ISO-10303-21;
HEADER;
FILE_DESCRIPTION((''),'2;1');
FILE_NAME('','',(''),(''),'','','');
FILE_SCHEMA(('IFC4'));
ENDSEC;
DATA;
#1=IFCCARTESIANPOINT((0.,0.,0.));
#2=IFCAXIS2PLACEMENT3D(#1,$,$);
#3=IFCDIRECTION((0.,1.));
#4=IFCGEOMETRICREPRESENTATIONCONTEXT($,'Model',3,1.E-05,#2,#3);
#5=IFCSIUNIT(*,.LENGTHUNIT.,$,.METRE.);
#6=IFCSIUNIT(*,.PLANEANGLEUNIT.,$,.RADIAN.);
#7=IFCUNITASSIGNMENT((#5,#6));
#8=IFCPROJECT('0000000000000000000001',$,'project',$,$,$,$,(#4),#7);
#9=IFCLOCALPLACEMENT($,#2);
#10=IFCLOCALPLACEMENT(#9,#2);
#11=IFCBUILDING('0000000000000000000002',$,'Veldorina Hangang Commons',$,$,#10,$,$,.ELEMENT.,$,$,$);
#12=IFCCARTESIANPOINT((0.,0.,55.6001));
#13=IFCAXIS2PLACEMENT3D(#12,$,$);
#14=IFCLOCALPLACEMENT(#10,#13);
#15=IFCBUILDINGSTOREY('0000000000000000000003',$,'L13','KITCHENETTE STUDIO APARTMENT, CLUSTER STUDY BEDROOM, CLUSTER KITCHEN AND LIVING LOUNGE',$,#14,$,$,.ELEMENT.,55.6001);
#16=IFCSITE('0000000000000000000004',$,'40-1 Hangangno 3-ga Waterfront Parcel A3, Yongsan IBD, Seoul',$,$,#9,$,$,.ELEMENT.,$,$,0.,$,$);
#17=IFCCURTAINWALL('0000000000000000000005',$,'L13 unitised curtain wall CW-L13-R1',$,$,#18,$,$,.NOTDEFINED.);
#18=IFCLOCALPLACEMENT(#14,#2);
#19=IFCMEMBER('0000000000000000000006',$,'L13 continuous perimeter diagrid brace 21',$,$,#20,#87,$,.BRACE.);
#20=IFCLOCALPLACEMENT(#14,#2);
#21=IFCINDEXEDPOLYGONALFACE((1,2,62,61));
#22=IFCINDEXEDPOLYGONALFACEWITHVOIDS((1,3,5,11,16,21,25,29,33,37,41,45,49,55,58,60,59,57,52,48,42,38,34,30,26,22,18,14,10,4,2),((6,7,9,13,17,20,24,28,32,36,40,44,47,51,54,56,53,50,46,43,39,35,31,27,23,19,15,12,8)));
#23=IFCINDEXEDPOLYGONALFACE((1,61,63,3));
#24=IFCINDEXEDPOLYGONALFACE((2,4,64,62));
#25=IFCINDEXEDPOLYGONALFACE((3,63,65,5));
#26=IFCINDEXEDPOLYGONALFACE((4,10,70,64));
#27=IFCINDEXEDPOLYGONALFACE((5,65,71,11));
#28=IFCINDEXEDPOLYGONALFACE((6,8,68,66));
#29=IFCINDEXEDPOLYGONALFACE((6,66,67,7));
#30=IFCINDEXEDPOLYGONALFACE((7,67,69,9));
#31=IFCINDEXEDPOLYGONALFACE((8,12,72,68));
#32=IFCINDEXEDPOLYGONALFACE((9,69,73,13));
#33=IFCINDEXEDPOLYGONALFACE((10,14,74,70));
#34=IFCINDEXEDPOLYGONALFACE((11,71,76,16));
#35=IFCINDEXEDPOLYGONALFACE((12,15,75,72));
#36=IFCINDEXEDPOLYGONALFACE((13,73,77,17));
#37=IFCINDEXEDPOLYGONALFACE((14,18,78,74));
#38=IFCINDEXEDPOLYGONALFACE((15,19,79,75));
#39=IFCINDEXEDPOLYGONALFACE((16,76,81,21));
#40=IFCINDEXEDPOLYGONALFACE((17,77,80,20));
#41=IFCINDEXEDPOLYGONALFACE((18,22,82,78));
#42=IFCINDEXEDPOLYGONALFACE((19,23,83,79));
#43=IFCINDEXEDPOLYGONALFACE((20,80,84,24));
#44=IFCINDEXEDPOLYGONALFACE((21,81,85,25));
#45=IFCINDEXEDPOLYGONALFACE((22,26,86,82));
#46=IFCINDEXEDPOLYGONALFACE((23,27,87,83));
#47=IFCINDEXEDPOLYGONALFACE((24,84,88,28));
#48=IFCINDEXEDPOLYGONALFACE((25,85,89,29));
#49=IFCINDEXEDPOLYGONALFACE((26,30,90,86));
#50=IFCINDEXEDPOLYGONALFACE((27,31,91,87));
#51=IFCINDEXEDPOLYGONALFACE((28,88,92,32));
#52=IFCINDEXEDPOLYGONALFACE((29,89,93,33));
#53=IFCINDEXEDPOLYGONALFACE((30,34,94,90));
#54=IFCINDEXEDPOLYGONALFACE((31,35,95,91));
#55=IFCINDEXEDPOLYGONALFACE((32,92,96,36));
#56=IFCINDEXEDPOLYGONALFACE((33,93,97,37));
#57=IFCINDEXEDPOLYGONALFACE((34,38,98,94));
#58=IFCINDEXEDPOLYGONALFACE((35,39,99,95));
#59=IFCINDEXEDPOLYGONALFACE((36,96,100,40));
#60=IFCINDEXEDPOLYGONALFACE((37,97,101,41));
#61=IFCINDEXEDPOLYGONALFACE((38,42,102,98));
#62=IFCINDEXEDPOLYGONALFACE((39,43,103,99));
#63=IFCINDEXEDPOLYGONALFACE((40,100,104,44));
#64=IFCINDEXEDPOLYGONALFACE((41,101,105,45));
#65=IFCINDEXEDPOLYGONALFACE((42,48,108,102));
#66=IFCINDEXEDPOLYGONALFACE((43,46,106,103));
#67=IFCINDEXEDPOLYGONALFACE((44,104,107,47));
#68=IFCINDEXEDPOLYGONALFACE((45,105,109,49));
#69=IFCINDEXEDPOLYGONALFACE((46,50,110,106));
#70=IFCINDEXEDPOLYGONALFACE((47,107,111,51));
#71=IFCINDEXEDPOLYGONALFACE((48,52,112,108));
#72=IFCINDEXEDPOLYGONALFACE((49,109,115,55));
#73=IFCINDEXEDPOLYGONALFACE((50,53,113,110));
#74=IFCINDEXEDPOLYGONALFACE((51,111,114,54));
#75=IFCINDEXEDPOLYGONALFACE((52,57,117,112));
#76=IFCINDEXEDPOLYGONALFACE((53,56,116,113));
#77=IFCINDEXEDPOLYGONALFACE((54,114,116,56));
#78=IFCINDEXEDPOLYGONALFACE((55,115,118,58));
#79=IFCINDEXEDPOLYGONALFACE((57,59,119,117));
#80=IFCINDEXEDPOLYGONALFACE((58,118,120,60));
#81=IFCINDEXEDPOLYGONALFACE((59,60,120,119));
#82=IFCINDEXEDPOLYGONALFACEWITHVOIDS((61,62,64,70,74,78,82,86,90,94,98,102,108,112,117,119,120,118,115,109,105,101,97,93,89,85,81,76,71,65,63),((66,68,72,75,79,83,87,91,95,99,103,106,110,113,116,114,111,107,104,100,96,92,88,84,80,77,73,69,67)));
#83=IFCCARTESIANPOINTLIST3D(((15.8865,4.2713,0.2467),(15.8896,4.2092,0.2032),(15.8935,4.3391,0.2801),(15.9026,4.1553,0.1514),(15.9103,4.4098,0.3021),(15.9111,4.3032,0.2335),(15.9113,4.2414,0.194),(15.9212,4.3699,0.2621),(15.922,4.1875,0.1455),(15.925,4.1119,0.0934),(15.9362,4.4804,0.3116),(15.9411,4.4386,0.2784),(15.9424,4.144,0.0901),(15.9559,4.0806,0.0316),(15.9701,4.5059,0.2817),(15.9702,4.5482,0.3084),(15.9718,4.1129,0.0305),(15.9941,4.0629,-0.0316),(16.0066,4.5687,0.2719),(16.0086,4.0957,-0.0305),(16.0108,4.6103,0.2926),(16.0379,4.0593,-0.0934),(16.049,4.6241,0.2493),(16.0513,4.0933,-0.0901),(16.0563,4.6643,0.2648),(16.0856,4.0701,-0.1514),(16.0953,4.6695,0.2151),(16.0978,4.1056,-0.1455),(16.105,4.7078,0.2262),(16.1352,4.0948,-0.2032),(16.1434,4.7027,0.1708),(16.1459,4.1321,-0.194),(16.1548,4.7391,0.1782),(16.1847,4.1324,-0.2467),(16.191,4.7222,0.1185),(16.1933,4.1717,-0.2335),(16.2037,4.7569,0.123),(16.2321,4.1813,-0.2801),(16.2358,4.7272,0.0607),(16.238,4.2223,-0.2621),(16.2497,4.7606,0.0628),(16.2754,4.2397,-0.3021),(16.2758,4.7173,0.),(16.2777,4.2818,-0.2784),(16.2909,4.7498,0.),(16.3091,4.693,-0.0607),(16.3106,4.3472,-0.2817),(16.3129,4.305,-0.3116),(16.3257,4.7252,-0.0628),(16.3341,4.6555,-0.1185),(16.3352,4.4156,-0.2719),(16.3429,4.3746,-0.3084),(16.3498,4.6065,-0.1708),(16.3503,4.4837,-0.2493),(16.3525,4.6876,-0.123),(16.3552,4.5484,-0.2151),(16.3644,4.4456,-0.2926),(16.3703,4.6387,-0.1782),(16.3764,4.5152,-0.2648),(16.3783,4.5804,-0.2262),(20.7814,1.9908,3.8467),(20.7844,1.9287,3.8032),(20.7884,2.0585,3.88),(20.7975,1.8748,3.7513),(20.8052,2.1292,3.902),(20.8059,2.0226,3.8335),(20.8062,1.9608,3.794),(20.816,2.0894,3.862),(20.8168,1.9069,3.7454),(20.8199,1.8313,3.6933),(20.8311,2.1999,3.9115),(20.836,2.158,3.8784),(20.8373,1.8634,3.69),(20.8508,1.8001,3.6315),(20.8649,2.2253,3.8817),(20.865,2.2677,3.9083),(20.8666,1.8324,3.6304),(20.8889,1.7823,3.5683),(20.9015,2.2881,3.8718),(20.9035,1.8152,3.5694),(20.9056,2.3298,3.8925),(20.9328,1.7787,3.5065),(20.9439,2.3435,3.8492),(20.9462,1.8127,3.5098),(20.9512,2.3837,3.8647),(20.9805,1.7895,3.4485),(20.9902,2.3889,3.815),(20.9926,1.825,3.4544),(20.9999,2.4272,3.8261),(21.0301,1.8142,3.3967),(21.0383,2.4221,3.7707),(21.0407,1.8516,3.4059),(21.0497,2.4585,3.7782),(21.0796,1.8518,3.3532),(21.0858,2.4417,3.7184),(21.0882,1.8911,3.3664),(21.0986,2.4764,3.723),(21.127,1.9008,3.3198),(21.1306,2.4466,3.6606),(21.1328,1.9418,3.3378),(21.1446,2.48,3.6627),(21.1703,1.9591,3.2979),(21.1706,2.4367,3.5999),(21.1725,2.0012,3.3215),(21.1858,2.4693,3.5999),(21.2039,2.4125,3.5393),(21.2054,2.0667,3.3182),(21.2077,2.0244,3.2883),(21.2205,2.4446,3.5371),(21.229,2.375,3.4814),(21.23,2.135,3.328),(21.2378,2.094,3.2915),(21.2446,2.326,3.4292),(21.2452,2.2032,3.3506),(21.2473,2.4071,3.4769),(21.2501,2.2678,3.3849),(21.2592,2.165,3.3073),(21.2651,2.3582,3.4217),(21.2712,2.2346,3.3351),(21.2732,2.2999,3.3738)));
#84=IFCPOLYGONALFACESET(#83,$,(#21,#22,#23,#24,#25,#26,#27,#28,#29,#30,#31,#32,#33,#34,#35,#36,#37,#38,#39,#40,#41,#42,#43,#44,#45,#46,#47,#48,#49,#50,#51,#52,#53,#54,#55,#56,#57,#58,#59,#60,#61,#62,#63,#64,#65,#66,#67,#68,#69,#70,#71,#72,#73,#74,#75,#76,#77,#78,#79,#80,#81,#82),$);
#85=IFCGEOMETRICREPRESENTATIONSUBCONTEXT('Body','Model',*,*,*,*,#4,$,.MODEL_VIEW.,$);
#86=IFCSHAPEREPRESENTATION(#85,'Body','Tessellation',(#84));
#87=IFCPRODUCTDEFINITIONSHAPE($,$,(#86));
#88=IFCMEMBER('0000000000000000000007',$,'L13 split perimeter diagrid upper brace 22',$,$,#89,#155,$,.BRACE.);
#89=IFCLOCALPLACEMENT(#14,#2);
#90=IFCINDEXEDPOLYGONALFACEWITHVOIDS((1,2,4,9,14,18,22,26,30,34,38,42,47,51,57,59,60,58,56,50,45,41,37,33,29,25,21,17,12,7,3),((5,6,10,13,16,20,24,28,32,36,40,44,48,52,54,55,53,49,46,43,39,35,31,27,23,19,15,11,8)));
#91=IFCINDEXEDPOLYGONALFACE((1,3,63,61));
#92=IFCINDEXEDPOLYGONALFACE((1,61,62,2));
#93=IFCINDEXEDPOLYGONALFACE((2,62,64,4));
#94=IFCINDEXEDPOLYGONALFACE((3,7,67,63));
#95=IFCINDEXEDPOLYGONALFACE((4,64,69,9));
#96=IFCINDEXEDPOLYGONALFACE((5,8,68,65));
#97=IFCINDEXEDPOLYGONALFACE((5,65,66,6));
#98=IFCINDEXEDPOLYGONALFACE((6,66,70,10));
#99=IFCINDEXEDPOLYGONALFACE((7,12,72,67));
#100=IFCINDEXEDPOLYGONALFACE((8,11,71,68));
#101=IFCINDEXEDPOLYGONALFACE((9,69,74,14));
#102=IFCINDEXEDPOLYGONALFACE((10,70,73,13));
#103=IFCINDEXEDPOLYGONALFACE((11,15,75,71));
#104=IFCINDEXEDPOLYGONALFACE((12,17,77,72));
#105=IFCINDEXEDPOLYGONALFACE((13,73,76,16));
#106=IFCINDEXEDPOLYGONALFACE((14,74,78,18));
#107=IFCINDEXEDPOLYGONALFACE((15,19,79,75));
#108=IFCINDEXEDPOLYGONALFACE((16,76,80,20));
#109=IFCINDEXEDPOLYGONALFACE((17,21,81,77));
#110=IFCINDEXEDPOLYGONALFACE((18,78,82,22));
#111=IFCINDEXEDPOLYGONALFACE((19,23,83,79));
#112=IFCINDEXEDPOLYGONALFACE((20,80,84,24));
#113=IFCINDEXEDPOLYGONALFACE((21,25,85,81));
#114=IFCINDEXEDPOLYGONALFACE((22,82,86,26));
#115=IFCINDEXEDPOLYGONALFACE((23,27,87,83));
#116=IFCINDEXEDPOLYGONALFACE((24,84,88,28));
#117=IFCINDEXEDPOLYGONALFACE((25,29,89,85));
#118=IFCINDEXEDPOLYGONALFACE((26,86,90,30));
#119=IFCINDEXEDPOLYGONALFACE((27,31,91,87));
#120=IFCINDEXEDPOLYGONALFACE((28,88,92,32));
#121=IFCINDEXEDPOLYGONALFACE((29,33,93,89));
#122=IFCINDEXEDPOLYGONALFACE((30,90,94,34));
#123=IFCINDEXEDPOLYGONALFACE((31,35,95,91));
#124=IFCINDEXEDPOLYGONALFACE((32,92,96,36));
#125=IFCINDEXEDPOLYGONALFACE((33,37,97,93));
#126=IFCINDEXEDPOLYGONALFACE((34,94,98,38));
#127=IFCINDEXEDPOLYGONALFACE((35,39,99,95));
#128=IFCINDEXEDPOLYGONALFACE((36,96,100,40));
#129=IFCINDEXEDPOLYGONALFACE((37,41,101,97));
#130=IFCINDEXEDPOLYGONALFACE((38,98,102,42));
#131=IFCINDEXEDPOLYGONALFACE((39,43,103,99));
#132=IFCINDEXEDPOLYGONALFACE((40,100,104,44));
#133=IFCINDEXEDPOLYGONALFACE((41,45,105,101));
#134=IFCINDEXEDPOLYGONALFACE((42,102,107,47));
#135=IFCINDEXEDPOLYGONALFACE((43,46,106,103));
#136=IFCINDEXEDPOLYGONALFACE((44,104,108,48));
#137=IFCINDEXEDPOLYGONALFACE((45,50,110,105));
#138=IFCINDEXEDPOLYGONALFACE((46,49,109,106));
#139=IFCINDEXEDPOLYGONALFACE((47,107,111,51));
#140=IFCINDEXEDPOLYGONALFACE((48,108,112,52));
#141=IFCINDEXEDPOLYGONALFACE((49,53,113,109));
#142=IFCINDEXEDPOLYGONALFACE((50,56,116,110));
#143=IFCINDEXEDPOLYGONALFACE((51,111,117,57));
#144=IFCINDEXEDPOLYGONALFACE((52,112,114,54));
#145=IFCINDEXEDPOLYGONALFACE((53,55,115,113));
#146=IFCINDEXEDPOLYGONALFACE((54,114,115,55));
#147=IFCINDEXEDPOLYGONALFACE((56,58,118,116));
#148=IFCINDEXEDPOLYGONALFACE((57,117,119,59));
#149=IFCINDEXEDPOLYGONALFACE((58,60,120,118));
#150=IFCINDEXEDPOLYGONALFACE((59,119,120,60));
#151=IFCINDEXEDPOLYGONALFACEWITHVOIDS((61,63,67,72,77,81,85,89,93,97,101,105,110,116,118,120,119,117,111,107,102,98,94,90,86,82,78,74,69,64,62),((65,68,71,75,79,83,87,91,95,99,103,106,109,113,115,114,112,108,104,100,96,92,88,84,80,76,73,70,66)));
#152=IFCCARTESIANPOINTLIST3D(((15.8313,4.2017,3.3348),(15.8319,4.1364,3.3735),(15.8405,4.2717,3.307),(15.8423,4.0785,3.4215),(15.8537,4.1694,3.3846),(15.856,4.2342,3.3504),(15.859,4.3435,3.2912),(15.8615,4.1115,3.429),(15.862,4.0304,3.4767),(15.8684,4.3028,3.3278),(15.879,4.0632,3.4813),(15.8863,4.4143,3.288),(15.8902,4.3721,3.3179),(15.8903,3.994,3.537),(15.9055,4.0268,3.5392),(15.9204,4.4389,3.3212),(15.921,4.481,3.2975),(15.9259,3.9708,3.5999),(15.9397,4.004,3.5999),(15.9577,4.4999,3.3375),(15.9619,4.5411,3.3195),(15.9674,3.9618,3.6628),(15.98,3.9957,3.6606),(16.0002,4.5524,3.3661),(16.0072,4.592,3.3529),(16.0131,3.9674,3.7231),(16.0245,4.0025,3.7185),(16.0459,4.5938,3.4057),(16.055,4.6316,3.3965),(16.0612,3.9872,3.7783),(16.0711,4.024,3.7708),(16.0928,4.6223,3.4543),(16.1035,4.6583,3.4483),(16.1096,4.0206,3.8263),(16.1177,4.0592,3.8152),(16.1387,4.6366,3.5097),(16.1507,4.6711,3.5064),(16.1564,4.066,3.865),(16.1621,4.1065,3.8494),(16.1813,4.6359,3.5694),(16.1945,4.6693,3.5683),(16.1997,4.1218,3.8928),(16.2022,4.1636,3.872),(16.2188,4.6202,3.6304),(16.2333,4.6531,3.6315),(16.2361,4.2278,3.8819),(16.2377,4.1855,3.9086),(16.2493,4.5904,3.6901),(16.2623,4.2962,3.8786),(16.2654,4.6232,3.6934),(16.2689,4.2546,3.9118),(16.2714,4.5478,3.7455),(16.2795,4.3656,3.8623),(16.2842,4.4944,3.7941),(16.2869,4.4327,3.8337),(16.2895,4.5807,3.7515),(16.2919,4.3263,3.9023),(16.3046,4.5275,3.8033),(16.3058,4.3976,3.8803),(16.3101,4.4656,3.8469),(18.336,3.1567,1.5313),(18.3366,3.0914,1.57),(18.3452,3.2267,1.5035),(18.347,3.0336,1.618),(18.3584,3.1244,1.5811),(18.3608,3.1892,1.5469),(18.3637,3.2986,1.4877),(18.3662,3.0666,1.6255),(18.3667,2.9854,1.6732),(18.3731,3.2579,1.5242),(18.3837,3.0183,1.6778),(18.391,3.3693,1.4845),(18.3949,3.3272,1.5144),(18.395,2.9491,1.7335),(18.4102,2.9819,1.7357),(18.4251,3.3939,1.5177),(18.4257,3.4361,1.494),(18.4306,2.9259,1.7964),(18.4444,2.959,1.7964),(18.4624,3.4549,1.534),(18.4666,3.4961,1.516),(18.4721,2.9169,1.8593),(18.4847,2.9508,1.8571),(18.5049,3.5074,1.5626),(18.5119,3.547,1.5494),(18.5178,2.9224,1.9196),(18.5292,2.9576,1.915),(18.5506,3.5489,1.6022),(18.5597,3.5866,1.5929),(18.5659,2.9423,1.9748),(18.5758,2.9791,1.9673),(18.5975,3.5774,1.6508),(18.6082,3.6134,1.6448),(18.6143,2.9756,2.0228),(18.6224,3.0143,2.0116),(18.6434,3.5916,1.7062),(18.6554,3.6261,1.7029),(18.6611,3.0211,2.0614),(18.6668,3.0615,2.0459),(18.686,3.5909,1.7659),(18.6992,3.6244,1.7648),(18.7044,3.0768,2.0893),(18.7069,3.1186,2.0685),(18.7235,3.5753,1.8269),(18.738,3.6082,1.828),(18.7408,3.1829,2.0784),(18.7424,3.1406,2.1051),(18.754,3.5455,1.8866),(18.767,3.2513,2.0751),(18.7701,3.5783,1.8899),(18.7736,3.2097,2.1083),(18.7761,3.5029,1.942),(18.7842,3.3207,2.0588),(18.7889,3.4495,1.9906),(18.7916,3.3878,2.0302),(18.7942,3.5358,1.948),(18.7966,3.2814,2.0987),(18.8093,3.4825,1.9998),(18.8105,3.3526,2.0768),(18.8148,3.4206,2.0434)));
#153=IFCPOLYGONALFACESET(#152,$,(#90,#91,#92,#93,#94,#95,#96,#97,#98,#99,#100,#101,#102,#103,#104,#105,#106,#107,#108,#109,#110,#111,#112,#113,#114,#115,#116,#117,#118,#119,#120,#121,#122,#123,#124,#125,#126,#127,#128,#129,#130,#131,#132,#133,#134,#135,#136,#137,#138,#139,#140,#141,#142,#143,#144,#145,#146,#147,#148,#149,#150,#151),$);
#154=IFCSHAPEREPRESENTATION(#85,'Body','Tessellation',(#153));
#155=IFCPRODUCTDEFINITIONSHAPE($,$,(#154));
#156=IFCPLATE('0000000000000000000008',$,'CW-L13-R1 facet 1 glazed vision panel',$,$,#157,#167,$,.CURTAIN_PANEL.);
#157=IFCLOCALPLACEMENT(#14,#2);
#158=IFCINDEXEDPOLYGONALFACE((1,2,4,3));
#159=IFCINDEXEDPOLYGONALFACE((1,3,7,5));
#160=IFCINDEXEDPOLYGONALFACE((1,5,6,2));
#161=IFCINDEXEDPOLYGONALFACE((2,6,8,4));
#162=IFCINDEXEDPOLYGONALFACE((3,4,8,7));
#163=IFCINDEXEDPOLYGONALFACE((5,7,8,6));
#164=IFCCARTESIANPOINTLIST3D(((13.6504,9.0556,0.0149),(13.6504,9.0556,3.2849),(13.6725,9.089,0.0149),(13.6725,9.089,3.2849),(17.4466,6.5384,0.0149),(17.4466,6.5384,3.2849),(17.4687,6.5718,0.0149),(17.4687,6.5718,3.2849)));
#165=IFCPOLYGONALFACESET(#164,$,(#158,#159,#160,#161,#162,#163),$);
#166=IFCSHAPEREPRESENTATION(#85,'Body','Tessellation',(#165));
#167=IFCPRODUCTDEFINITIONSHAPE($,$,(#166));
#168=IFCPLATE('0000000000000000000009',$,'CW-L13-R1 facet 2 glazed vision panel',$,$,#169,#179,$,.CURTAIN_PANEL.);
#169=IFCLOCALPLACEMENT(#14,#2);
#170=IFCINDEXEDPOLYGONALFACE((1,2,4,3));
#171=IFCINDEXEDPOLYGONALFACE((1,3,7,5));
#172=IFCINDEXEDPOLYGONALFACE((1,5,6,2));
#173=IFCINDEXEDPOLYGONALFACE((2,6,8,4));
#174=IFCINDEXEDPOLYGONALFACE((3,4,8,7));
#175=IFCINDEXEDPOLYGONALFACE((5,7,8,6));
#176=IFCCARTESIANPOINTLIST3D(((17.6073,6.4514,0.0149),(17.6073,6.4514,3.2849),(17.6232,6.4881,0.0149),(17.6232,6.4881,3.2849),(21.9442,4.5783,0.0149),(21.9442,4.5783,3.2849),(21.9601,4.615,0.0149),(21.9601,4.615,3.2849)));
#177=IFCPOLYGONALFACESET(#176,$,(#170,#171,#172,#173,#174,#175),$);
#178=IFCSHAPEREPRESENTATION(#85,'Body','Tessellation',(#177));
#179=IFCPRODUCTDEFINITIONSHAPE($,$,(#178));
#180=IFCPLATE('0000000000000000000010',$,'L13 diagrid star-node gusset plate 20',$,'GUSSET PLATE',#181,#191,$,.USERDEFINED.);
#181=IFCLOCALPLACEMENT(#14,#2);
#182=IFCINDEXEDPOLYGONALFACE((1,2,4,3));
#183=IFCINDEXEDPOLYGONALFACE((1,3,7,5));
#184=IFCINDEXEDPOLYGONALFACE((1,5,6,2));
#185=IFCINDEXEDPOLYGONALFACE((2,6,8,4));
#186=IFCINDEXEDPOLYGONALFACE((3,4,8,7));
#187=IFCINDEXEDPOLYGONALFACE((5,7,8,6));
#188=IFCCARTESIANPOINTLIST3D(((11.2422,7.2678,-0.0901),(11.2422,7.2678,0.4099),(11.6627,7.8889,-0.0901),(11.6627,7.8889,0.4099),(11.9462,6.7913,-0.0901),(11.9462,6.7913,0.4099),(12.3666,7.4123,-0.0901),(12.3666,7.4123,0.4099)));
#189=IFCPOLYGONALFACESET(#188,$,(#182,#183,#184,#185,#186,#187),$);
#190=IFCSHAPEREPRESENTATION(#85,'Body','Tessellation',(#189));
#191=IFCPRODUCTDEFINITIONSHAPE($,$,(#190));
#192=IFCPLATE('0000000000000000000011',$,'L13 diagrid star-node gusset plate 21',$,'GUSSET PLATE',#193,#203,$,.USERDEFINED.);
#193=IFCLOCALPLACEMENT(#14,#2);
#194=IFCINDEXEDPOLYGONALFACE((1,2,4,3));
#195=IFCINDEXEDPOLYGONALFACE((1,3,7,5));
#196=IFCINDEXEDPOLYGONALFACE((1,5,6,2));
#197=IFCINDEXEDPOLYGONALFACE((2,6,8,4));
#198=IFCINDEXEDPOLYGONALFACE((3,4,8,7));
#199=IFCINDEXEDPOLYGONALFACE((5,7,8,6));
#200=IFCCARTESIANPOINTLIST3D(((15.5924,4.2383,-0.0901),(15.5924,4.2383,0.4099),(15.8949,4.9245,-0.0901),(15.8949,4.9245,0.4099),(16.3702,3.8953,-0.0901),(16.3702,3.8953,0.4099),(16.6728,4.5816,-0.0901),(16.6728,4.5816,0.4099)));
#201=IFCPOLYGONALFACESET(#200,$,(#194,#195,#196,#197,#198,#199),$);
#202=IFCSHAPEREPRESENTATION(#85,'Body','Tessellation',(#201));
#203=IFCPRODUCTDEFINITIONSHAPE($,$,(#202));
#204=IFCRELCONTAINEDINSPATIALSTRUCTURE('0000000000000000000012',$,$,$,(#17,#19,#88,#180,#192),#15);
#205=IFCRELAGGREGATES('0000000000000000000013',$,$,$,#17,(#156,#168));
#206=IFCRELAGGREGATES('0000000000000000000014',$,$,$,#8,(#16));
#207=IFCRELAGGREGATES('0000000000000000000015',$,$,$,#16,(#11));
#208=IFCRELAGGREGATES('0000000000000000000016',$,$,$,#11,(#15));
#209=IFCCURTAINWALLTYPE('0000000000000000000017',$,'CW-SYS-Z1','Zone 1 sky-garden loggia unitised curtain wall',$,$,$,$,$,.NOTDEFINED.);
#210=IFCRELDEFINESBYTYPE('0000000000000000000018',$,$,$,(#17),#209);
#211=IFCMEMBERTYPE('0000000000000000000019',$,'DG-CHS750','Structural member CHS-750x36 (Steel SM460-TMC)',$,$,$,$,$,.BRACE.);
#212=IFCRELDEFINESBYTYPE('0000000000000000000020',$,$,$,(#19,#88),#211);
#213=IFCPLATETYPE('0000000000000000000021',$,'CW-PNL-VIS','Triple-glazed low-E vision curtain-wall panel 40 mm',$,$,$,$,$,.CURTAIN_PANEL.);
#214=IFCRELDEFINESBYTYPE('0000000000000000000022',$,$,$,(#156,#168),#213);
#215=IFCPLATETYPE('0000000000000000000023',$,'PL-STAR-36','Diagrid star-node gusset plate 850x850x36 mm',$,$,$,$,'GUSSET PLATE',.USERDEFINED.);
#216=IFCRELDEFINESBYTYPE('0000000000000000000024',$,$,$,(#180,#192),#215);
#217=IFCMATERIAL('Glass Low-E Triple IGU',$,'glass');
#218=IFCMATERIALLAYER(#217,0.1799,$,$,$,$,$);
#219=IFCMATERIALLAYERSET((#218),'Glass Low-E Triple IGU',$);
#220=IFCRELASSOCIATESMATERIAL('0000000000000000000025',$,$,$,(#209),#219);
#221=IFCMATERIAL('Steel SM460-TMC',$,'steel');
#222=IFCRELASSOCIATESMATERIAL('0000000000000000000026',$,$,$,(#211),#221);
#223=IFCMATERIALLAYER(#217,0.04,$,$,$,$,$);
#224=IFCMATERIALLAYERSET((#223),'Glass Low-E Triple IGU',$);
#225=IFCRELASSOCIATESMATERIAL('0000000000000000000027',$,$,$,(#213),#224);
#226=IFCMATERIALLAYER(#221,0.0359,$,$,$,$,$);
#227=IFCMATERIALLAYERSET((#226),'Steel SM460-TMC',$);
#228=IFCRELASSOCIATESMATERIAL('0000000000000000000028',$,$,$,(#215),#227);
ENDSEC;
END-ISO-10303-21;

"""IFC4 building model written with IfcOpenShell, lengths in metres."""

from ifc_helpers import new_model, si_unit, direction, frame, origin, origin_2d, place, context, subcontext, project, spatial, rectangle, hollow_circle, extrude, material, layer, layer_set, material_profile, profile_set, type_object, element, aggregate, save


model = new_model("IFC4")

# Units and contexts
model_context = context("Model", 3, precision=1e-05, world=origin(), true_north=direction((0.0, 1.0)))
body_context = subcontext(model_context, "Body", "Model", "MODEL_VIEW")
ifc_project = project(units=[si_unit("LENGTHUNIT", "METRE"), si_unit("PLANEANGLEUNIT", "RADIAN")], contexts=[model_context])

# Site, building, storey
site_placement = place(None, origin())
site = spatial("IfcSite", under=ifc_project, at=site_placement, Name="40-1 Hangangno 3-ga Waterfront Parcel A3, Yongsan IBD, Seoul", CompositionType="ELEMENT", RefElevation=0.0)
building_placement = place(site_placement, origin())
building = spatial("IfcBuilding", under=site, at=building_placement, Name="Veldorina Hangang Commons", CompositionType="ELEMENT")
storey_placement = place(building_placement, frame((0.0, 0.0, 55.6001)))
storey = spatial("IfcBuildingStorey", under=building, at=storey_placement, Name="L13", Description="KITCHENETTE STUDIO APARTMENT, CLUSTER STUDY BEDROOM, CLUSTER KITCHEN AND LIVING LOUNGE", CompositionType="ELEMENT", Elevation=55.6001)

# Curtain wall
ifc_material_1 = material(Name="Glass Low-E Triple IGU", Category="glass")
ifc_layer_1 = layer(ifc_material_1, 0.1799)
ifc_layer_set_1 = layer_set([ifc_layer_1], Name="Glass Low-E Triple IGU")
curtain_wall_type = type_object("IfcCurtainWallType", Name="CW-SYS-Z1", Description="Zone 1 sky-garden loggia unitised curtain wall", PredefinedType="NOTDEFINED", material=ifc_layer_set_1)
curtain_wall_placement = place(storey_placement, origin())
curtain_wall = element("IfcCurtainWall", 1, at=curtain_wall_placement, inside=storey, type_object=curtain_wall_type, Name="L13 unitised curtain wall CW-L13-R1", PredefinedType="NOTDEFINED")

# Members
ifc_material_2 = material(Name="Steel SM460-TMC", Category="steel")
ifc_material_profile_1 = material_profile(ifc_material_2, hollow_circle(Radius=0.375, WallThickness=0.0359, at=origin_2d()), Name="CHS-750x36")
ifc_profile_set_1 = profile_set([ifc_material_profile_1], Name="Steel SM460-TMC")
member_type_1 = type_object("IfcMemberType", Name="DG-CHS750", Description="Structural member CHS-750x36 (Steel SM460-TMC)", PredefinedType="BRACE", material=ifc_profile_set_1)
member_1_placement = place(storey_placement, frame((16.1326, 4.4099, 0.0), z_axis=(0.754217, -0.351396, 0.554687), x_axis=(0.422321, 0.906446, 0.0)))
element("IfcMember", 2, at=member_1_placement, inside=storey, type_object=member_type_1, Name="L13 continuous perimeter diagrid brace 21", PredefinedType="BRACE", context=body_context, shape_type="SweptSolid", body=[
    extrude(hollow_circle(Radius=0.375, WallThickness=0.0359, at=origin_2d()), origin(), (0.0, 0.0, 1.0), 6.49),
])
member_2_placement = place(storey_placement, frame((18.575, 3.272, 1.7964), z_axis=(-0.768657, 0.32068, 0.553472), x_axis=(-0.385031, -0.922904, 0.0)))
element("IfcMember", 3, at=member_2_placement, inside=storey, type_object=member_type_1, Name="L13 split perimeter diagrid upper brace 22", PredefinedType="BRACE", context=body_context, shape_type="SweptSolid", body=[
    extrude(hollow_circle(Radius=0.375, WallThickness=0.0359, at=origin_2d()), origin(), (0.0, 0.0, 1.0), 3.2585),
])

# Plates
ifc_layer_2 = layer(ifc_material_1, 0.04)
ifc_layer_set_2 = layer_set([ifc_layer_2], Name="Glass Low-E Triple IGU")
plate_type_1 = type_object("IfcPlateType", Name="CW-PNL-VIS", Description="Triple-glazed low-E vision curtain-wall panel 40 mm", PredefinedType="CURTAIN_PANEL", material=ifc_layer_set_2)
plate_1_placement = place(storey_placement, frame((15.5596, 7.8137, 0.0149), z_axis=(0.0, 0.0, 1.0), x_axis=(0.833423, -0.552635, 0.0)))
plate_1 = element("IfcPlate", 4, at=plate_1_placement, type_object=plate_type_1, Name="CW-L13-R1 facet 1 glazed vision panel", PredefinedType="CURTAIN_PANEL", context=body_context, shape_type="SweptSolid", body=[
    extrude(rectangle(XDim=4.5549, YDim=0.04, at=origin_2d()), origin(), (0.0, 0.0, 1.0), 3.27),
])
plate_2_placement = place(storey_placement, frame((19.7837, 5.5332, 0.0149), z_axis=(0.0, 0.0, 1.0), x_axis=(0.918039, -0.396491, 0.0)))
plate_2 = element("IfcPlate", 5, at=plate_2_placement, type_object=plate_type_1, Name="CW-L13-R1 facet 2 glazed vision panel", PredefinedType="CURTAIN_PANEL", context=body_context, shape_type="SweptSolid", body=[
    extrude(rectangle(XDim=4.7241, YDim=0.04, at=origin_2d()), origin(), (0.0, 0.0, 1.0), 3.27),
])
aggregate(curtain_wall, [plate_1, plate_2])

# Plates
ifc_layer_3 = layer(ifc_material_2, 0.0359)
ifc_layer_set_3 = layer_set([ifc_layer_3], Name="Steel SM460-TMC")
plate_type_2 = type_object("IfcPlateType", Name="PL-STAR-36", Description="Diagrid star-node gusset plate 850x850x36 mm", ElementType="GUSSET PLATE", PredefinedType="USERDEFINED", material=ifc_layer_set_3)
for number, where, z_axis, x_axis, name in (
    (6, (11.8044, 7.3401, -0.0901), (0.0, 0.0, 1.0), (0.82808, -0.56061, 0.0), "L13 diagrid star-node gusset plate 20"),
    (7, (16.1326, 4.4099, -0.0901), (0.0, 0.0, 1.0), (0.915002, -0.403449, 0.0), "L13 diagrid star-node gusset plate 21"),
):
    element("IfcPlate", number, at=place(storey_placement, frame(where, z_axis=z_axis, x_axis=x_axis)), inside=storey, type_object=plate_type_2, Name=name, ObjectType="GUSSET PLATE", PredefinedType="USERDEFINED", context=body_context, shape_type="SweptSolid", body=[
        extrude(rectangle(XDim=0.8501, YDim=0.75, at=origin_2d()), origin(), (0.0, 0.0, 1.0), 0.5),
    ])

save(model, "model.ifc")
